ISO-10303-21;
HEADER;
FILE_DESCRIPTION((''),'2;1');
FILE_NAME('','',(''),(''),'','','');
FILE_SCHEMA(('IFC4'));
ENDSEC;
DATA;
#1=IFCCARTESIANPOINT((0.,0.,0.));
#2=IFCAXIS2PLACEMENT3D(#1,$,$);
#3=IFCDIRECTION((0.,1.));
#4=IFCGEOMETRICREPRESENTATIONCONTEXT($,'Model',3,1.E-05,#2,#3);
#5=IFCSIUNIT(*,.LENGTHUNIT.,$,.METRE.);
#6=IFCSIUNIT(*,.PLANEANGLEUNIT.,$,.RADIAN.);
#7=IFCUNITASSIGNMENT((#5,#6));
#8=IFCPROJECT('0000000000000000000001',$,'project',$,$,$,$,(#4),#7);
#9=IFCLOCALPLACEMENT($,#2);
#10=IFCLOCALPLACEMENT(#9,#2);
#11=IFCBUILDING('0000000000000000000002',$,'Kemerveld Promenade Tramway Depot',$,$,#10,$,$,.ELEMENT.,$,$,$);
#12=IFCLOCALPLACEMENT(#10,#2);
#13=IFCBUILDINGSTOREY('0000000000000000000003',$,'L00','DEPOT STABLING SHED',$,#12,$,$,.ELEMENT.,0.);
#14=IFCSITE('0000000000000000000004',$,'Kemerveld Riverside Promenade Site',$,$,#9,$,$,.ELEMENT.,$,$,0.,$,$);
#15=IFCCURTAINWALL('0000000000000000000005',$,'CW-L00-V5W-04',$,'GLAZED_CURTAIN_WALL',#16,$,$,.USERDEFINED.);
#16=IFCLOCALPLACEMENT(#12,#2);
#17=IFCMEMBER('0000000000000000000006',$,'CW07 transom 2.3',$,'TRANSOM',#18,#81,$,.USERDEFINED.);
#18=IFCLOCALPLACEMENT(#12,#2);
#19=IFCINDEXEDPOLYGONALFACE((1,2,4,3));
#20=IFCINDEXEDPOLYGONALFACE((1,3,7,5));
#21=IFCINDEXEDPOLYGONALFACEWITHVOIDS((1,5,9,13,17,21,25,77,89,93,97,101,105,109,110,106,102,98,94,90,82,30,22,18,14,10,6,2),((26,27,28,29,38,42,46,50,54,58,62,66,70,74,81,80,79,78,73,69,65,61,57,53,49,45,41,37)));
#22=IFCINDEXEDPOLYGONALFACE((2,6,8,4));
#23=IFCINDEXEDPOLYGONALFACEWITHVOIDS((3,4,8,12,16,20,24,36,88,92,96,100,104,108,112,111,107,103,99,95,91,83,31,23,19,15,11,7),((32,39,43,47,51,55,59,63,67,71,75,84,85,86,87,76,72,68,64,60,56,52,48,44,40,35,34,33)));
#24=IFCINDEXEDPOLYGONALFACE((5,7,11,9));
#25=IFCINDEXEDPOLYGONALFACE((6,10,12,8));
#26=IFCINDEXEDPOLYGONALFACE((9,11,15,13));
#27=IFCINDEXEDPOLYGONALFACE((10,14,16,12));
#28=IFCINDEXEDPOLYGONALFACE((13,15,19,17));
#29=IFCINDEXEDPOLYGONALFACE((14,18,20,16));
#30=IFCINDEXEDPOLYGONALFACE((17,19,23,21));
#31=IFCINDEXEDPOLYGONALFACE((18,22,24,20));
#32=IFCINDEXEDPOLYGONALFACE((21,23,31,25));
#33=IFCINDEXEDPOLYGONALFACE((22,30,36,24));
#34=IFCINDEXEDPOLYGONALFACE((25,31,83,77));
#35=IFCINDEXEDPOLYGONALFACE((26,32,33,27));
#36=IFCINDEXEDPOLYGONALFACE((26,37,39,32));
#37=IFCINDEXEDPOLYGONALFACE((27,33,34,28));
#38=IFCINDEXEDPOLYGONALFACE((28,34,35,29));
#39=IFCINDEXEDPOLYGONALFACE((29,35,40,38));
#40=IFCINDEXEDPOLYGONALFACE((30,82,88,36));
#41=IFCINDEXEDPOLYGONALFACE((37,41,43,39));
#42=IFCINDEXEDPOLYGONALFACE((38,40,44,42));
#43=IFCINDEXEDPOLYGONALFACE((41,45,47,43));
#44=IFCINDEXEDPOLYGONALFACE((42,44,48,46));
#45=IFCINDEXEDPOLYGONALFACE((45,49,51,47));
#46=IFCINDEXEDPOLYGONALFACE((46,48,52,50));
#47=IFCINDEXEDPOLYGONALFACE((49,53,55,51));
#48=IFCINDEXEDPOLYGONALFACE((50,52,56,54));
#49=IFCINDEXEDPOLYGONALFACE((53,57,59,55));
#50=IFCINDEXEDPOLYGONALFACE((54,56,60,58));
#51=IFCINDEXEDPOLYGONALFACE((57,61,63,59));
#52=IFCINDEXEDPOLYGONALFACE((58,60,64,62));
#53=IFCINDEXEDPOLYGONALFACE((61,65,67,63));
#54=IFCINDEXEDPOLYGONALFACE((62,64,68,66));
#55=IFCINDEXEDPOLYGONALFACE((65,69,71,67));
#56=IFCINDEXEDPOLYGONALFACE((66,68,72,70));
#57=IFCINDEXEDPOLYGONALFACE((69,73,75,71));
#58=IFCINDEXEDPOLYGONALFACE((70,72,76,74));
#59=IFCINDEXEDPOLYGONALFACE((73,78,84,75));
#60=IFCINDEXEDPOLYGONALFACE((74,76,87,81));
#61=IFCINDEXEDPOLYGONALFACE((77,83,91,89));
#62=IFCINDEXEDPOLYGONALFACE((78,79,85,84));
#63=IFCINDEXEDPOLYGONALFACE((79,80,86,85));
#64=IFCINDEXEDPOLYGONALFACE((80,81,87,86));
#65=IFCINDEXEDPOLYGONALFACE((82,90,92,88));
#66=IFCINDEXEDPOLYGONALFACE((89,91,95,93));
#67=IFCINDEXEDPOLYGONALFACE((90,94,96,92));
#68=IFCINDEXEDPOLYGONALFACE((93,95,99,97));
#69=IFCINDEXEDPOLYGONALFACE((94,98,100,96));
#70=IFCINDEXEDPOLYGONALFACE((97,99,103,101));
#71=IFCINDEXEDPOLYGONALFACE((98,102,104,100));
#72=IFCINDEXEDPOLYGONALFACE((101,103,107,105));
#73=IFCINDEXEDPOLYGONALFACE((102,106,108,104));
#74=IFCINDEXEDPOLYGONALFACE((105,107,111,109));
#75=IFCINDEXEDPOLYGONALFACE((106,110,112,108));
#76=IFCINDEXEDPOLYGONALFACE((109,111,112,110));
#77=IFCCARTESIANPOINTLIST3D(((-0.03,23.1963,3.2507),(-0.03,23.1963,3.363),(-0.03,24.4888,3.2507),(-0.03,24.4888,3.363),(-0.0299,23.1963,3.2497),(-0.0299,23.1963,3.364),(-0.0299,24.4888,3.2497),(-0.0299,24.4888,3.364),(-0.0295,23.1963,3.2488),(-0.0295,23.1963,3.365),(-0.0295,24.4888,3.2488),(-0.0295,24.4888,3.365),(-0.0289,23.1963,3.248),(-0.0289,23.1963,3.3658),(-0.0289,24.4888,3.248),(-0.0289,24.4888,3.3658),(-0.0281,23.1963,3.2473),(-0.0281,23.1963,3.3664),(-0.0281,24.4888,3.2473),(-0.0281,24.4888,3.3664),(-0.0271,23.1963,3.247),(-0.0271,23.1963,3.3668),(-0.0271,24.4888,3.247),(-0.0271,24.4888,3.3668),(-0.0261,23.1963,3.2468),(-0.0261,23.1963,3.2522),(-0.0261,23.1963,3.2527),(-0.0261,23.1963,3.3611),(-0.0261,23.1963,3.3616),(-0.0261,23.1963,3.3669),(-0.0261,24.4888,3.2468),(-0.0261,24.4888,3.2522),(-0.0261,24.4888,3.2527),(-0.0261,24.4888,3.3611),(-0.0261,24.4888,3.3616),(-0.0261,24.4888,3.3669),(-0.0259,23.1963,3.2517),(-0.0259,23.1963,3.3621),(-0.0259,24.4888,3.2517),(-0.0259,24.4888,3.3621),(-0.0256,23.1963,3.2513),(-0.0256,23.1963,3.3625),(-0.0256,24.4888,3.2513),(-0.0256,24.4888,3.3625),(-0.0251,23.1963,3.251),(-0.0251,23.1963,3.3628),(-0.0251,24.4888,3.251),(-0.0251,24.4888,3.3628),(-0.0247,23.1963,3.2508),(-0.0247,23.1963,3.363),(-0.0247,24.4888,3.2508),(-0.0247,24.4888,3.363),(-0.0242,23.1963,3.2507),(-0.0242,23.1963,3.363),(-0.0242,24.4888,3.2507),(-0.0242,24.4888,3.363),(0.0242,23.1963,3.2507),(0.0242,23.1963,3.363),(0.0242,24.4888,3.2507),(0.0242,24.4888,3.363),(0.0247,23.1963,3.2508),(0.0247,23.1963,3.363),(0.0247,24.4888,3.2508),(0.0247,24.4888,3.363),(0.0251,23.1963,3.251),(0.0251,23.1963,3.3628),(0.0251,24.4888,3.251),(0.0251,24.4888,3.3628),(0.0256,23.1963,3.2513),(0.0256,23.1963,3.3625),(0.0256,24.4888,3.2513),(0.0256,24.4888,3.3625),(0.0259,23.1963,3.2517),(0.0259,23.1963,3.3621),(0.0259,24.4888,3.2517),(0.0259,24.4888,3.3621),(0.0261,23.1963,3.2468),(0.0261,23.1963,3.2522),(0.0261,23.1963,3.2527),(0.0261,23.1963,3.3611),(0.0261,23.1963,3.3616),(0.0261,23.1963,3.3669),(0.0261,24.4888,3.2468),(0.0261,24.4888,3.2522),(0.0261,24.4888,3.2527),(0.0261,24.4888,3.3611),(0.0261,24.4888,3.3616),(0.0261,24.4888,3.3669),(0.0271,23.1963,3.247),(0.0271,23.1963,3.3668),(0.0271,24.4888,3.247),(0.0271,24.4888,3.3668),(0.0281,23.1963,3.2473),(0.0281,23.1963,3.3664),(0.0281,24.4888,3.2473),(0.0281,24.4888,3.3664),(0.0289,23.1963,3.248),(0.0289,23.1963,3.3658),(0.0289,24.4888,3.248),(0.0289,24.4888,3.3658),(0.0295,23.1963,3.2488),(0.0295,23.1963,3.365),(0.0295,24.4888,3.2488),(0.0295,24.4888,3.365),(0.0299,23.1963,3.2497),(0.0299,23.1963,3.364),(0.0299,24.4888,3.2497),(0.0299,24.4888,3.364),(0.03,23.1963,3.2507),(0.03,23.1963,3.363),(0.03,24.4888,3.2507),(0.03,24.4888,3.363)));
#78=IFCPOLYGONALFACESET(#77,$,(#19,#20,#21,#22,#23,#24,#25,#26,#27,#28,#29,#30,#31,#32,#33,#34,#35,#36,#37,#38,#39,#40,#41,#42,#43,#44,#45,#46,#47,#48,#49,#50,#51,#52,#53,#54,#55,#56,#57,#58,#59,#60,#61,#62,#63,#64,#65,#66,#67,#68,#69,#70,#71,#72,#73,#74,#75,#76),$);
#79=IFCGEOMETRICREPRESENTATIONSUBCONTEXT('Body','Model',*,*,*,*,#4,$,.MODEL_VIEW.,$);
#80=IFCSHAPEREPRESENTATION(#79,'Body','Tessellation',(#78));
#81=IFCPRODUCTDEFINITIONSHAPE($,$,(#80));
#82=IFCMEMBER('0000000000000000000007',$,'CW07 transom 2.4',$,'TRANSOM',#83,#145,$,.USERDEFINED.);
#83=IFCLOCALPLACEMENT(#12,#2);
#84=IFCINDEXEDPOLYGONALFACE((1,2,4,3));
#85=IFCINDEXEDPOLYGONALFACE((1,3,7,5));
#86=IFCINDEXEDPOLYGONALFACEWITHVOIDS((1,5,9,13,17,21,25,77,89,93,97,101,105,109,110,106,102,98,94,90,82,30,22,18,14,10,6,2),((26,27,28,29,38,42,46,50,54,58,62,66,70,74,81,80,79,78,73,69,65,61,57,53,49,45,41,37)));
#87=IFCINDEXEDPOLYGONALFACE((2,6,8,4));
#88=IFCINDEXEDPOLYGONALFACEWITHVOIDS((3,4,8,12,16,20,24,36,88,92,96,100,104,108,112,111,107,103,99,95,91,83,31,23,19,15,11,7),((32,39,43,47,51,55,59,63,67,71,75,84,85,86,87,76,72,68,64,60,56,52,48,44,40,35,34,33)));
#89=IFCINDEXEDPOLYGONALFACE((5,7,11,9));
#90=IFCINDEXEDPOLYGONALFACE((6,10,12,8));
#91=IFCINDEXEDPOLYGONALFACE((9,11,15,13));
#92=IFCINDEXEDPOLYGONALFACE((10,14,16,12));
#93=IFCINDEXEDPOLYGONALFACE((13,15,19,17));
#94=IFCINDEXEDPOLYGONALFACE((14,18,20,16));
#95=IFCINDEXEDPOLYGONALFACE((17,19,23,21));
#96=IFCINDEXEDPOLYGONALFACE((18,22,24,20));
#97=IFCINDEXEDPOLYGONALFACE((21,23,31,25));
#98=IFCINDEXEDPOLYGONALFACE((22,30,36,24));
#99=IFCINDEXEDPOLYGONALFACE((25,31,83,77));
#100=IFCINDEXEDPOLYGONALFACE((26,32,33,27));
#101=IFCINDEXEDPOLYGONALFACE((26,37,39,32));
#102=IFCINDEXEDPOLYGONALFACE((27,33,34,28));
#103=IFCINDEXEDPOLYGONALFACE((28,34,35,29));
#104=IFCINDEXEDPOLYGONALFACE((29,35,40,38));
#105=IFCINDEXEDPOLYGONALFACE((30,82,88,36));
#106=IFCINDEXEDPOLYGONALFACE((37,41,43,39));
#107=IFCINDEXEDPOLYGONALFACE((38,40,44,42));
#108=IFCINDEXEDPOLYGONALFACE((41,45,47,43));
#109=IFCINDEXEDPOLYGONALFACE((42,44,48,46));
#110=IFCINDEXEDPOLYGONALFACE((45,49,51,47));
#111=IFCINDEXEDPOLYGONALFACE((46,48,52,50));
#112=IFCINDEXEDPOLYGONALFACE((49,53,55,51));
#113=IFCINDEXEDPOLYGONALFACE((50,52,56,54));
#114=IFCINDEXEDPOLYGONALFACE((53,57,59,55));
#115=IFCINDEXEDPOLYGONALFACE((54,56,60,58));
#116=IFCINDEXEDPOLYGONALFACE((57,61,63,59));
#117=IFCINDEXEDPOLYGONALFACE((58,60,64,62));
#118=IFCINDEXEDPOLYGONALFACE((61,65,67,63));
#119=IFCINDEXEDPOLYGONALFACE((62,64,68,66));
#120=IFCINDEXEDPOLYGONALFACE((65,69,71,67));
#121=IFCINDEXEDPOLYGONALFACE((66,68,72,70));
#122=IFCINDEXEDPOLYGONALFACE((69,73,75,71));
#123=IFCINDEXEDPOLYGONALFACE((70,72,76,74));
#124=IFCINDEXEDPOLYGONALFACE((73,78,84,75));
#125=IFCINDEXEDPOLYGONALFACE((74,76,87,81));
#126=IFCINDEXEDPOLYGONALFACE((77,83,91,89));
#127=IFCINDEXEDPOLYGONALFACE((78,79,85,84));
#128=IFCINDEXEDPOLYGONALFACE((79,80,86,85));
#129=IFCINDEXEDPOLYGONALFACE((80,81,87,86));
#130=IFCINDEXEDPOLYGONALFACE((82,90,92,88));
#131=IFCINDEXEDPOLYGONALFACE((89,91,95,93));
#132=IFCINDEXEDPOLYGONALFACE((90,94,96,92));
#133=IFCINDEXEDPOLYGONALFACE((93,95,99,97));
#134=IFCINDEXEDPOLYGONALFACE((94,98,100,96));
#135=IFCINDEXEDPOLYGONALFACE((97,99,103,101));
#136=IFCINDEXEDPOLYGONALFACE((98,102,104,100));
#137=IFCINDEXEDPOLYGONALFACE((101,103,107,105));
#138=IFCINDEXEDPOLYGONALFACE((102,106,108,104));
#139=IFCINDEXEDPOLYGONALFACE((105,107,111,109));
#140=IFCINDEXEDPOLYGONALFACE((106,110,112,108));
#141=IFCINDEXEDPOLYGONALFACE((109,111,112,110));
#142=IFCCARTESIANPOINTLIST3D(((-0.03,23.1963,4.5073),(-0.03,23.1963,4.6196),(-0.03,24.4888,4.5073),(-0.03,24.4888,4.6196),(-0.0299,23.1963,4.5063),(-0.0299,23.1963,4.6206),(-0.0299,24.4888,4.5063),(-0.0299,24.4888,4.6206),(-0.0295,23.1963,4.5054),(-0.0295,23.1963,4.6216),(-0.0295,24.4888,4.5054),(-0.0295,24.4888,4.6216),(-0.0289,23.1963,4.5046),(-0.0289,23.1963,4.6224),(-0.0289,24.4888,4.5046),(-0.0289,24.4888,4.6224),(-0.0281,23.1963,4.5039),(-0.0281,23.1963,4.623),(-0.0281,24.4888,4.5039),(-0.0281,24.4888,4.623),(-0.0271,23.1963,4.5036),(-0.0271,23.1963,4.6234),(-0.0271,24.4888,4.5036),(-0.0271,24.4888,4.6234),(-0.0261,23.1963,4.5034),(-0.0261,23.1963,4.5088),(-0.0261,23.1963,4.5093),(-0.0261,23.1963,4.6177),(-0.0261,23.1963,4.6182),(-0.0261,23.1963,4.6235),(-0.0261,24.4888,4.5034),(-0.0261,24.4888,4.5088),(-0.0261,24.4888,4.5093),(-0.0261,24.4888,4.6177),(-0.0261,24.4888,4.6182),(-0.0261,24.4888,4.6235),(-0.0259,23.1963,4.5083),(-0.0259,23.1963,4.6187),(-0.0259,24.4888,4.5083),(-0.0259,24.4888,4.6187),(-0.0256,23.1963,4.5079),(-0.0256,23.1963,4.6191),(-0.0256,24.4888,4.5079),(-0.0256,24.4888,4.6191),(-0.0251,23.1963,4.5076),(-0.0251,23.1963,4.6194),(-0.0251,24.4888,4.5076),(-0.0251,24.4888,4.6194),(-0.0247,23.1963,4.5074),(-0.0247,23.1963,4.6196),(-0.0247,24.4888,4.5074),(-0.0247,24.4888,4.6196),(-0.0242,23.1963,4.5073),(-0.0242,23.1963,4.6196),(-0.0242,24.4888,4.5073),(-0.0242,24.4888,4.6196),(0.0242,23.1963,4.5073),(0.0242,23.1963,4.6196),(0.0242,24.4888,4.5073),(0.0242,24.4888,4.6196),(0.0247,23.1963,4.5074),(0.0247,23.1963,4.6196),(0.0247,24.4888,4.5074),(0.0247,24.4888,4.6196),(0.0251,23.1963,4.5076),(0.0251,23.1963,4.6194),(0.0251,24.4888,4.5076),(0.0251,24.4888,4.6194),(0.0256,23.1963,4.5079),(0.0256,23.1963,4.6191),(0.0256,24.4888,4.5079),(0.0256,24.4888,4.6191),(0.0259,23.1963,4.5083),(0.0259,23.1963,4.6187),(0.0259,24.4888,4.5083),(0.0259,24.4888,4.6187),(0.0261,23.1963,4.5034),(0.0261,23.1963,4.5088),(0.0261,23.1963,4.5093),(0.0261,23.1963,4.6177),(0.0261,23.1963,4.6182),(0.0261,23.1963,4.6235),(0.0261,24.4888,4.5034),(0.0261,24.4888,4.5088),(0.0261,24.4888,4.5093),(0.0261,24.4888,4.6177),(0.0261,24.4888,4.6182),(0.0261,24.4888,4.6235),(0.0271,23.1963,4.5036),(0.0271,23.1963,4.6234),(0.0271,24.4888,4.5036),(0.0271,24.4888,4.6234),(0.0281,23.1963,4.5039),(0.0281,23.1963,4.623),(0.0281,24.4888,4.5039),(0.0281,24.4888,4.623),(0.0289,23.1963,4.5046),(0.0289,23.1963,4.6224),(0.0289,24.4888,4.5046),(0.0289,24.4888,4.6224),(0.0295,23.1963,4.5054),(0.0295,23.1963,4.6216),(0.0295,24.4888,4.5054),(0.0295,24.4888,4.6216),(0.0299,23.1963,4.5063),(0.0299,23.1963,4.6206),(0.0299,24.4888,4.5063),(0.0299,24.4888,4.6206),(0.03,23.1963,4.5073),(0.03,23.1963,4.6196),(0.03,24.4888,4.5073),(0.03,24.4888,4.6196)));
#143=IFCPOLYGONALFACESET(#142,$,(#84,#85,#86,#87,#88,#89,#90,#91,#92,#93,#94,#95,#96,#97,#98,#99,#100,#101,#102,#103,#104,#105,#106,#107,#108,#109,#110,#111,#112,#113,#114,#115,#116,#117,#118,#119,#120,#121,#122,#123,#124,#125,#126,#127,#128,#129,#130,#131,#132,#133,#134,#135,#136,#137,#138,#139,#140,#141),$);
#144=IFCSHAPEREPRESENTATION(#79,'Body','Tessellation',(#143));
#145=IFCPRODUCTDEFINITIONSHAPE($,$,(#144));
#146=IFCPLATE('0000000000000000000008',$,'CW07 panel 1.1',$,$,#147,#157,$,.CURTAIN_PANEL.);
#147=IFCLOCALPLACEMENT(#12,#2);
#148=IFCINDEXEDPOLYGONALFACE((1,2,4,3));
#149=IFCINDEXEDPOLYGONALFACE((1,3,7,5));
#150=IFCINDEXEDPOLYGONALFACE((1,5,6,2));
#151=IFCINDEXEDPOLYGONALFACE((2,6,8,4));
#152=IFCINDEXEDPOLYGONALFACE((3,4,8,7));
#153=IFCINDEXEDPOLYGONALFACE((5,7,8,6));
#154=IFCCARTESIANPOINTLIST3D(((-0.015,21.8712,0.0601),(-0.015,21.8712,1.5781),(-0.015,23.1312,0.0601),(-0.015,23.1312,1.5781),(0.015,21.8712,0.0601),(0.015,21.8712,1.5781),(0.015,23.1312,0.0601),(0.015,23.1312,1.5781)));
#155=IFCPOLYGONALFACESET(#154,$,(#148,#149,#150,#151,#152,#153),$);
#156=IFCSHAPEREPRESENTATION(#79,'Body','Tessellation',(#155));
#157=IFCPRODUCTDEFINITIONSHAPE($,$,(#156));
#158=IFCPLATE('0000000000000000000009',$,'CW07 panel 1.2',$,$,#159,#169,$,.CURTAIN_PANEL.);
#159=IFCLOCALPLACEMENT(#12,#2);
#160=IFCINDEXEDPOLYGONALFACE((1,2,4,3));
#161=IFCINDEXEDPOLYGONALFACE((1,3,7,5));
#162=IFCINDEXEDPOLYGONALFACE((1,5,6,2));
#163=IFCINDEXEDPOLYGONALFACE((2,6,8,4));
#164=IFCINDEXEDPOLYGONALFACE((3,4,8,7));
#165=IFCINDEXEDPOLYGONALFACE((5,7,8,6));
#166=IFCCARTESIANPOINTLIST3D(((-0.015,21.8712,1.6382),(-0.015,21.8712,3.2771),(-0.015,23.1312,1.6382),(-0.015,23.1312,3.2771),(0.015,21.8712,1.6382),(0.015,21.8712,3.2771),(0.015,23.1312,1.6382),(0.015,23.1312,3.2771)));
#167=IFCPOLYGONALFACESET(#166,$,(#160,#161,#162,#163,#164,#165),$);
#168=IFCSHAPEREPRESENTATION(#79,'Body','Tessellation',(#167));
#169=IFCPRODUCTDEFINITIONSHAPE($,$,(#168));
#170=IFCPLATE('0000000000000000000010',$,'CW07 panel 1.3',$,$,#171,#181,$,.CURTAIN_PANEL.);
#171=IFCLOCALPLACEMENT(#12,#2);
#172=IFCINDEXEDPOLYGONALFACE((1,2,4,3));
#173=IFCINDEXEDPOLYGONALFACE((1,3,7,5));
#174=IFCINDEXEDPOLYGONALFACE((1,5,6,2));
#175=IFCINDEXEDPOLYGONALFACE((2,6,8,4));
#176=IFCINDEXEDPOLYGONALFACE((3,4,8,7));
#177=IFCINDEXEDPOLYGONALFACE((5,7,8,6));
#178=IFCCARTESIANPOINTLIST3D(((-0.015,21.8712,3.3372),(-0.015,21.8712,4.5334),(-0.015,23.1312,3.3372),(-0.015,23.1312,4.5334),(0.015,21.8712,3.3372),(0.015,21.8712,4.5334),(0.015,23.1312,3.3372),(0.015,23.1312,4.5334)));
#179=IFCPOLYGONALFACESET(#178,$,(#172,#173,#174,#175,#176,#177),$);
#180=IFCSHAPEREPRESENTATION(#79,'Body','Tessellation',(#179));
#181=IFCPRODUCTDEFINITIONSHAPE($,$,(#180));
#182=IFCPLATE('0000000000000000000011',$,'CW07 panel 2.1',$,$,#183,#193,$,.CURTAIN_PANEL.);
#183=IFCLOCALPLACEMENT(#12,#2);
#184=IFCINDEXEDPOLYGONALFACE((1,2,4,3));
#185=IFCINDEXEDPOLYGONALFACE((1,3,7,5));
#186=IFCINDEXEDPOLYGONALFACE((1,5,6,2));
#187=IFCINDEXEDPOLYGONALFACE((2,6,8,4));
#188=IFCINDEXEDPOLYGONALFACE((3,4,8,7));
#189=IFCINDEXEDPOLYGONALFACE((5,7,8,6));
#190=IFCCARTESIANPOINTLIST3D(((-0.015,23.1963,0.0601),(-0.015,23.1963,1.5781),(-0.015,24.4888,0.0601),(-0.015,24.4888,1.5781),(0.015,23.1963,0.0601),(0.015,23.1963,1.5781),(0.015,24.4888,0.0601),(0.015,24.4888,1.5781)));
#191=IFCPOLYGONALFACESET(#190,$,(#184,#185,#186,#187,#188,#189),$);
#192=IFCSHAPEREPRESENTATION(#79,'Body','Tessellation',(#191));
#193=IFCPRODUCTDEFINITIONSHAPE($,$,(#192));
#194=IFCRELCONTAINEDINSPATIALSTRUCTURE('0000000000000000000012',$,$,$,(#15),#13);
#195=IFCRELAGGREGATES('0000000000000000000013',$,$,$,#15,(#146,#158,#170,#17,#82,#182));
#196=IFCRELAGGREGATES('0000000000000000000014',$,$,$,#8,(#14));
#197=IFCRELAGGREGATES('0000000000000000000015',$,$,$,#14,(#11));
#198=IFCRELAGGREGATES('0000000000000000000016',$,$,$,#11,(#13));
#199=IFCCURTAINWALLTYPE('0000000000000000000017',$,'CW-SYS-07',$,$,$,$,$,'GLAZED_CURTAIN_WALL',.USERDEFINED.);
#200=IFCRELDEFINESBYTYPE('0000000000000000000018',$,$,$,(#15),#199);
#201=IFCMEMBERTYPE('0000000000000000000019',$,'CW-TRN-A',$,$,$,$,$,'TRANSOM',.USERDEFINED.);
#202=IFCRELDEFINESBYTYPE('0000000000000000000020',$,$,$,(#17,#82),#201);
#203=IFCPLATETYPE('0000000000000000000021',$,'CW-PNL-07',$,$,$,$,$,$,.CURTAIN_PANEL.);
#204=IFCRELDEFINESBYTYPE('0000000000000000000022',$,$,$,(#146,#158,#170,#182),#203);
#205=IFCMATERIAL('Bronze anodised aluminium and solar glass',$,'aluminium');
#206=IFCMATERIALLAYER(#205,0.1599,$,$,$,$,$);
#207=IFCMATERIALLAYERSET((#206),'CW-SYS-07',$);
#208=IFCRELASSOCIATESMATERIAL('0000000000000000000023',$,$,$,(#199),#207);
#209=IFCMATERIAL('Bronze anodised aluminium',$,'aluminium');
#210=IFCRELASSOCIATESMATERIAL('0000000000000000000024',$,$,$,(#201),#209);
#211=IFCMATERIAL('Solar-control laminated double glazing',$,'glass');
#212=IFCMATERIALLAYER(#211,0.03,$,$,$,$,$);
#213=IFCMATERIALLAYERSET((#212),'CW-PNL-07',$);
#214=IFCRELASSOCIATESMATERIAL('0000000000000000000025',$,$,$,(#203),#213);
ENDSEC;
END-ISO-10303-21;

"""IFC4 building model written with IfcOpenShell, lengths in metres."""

from ifc_helpers import new_model, si_unit, direction, frame, origin, origin_2d, place, context, subcontext, project, spatial, rectangle, hollow_rectangle, extrude, material, layer, layer_set, material_profile, profile_set, type_object, element, aggregate, save


model = new_model("IFC4")

# Units and contexts
model_context = context("Model", 3, precision=1e-05, world=origin(), true_north=direction((0.0, 1.0)))
body_context = subcontext(model_context, "Body", "Model", "MODEL_VIEW")
ifc_project = project(units=[si_unit("LENGTHUNIT", "METRE"), si_unit("PLANEANGLEUNIT", "RADIAN")], contexts=[model_context])

# Site, building, storey
site_placement = place(None, origin())
site = spatial("IfcSite", under=ifc_project, at=site_placement, Name="Kemerveld Riverside Promenade Site", CompositionType="ELEMENT", RefElevation=0.0)
building_placement = place(site_placement, origin())
building = spatial("IfcBuilding", under=site, at=building_placement, Name="Kemerveld Promenade Tramway Depot", CompositionType="ELEMENT")
storey_placement = place(building_placement, origin())
storey = spatial("IfcBuildingStorey", under=building, at=storey_placement, Name="L00", Description="DEPOT STABLING SHED", CompositionType="ELEMENT", Elevation=0.0)

# Curtain wall, members, plates
ifc_material_1 = material(Name="Bronze anodised aluminium and solar glass", Category="aluminium")
ifc_layer_1 = layer(ifc_material_1, 0.1599)
ifc_layer_set_1 = layer_set([ifc_layer_1], Name="CW-SYS-07")
curtain_wall_type = type_object("IfcCurtainWallType", Name="CW-SYS-07", ElementType="GLAZED_CURTAIN_WALL", PredefinedType="USERDEFINED", material=ifc_layer_set_1)
curtain_wall_placement = place(storey_placement, origin())
curtain_wall = element("IfcCurtainWall", 1, at=curtain_wall_placement, inside=storey, type_object=curtain_wall_type, Name="CW-L00-V5W-04", ObjectType="GLAZED_CURTAIN_WALL", PredefinedType="USERDEFINED")
ifc_material_2 = material(Name="Bronze anodised aluminium", Category="aluminium")
ifc_material_profile_1 = material_profile(ifc_material_2, hollow_rectangle(XDim=0.0601, YDim=0.1201, WallThickness=0.0039, InnerFilletRadius=0.002, OuterFilletRadius=0.0039, at=origin_2d()), Name="CW-TRN-120x60")
ifc_profile_set_1 = profile_set([ifc_material_profile_1], Name="Bronze anodised aluminium")
member_type_1 = type_object("IfcMemberType", Name="CW-TRN-A", ElementType="TRANSOM", PredefinedType="USERDEFINED", material=ifc_profile_set_1)
member_1_placement = place(storey_placement, frame((0.0, 23.1963, 3.3069), z_axis=(0.0, 1.0, 0.0), x_axis=(-1.0, 0.0, 0.0)))
member_1 = element("IfcMember", 2, at=member_1_placement, type_object=member_type_1, Name="CW07 transom 2.3", ObjectType="TRANSOM", PredefinedType="USERDEFINED", context=body_context, shape_type="SweptSolid", body=[
    extrude(hollow_rectangle(XDim=0.0601, YDim=0.1201, WallThickness=0.0039, InnerFilletRadius=0.002, OuterFilletRadius=0.0039, at=origin_2d()), origin(), (0.0, 0.0, 1.0), 1.2925),
])
member_2_placement = place(storey_placement, frame((0.0, 23.1963, 4.5635), z_axis=(0.0, 1.0, 0.0), x_axis=(-1.0, 0.0, 0.0)))
member_2 = element("IfcMember", 3, at=member_2_placement, type_object=member_type_1, Name="CW07 transom 2.4", ObjectType="TRANSOM", PredefinedType="USERDEFINED", context=body_context, shape_type="SweptSolid", body=[
    extrude(hollow_rectangle(XDim=0.0601, YDim=0.1201, WallThickness=0.0039, InnerFilletRadius=0.002, OuterFilletRadius=0.0039, at=origin_2d()), origin(), (0.0, 0.0, 1.0), 1.2925),
])
ifc_material_3 = material(Name="Solar-control laminated double glazing", Category="glass")
ifc_layer_2 = layer(ifc_material_3, 0.03)
ifc_layer_set_2 = layer_set([ifc_layer_2], Name="CW-PNL-07")
plate_type_1 = type_object("IfcPlateType", Name="CW-PNL-07", PredefinedType="CURTAIN_PANEL", material=ifc_layer_set_2)
plate_1_placement = place(storey_placement, frame((0.0, 22.5012, 0.0601), z_axis=(0.0, 0.0, 1.0), x_axis=(0.0, 1.0, 0.0)))
plate_1 = element("IfcPlate", 4, at=plate_1_placement, type_object=plate_type_1, Name="CW07 panel 1.1", PredefinedType="CURTAIN_PANEL", context=body_context, shape_type="SweptSolid", body=[
    extrude(rectangle(XDim=1.26, YDim=0.03, at=origin_2d()), origin(), (0.0, 0.0, 1.0), 1.5181),
])
plate_2_placement = place(storey_placement, frame((0.0, 22.5012, 1.6382), z_axis=(0.0, 0.0, 1.0), x_axis=(0.0, 1.0, 0.0)))
plate_2 = element("IfcPlate", 5, at=plate_2_placement, type_object=plate_type_1, Name="CW07 panel 1.2", PredefinedType="CURTAIN_PANEL", context=body_context, shape_type="SweptSolid", body=[
    extrude(rectangle(XDim=1.26, YDim=0.03, at=origin_2d()), origin(), (0.0, 0.0, 1.0), 1.6389),
])
plate_3_placement = place(storey_placement, frame((0.0, 22.5012, 3.3372), z_axis=(0.0, 0.0, 1.0), x_axis=(0.0, 1.0, 0.0)))
plate_3 = element("IfcPlate", 6, at=plate_3_placement, type_object=plate_type_1, Name="CW07 panel 1.3", PredefinedType="CURTAIN_PANEL", context=body_context, shape_type="SweptSolid", body=[
    extrude(rectangle(XDim=1.26, YDim=0.03, at=origin_2d()), origin(), (0.0, 0.0, 1.0), 1.1963),
])
plate_4_placement = place(storey_placement, frame((0.0, 23.8425, 0.0601), z_axis=(0.0, 0.0, 1.0), x_axis=(0.0, 1.0, 0.0)))
plate_4 = element("IfcPlate", 7, at=plate_4_placement, type_object=plate_type_1, Name="CW07 panel 2.1", PredefinedType="CURTAIN_PANEL", context=body_context, shape_type="SweptSolid", body=[
    extrude(rectangle(XDim=1.2925, YDim=0.03, at=origin_2d()), origin(), (0.0, 0.0, 1.0), 1.5181),
])
aggregate(curtain_wall, [plate_1, plate_2, plate_3, member_1, member_2, plate_4])

save(model, "model.ifc")
